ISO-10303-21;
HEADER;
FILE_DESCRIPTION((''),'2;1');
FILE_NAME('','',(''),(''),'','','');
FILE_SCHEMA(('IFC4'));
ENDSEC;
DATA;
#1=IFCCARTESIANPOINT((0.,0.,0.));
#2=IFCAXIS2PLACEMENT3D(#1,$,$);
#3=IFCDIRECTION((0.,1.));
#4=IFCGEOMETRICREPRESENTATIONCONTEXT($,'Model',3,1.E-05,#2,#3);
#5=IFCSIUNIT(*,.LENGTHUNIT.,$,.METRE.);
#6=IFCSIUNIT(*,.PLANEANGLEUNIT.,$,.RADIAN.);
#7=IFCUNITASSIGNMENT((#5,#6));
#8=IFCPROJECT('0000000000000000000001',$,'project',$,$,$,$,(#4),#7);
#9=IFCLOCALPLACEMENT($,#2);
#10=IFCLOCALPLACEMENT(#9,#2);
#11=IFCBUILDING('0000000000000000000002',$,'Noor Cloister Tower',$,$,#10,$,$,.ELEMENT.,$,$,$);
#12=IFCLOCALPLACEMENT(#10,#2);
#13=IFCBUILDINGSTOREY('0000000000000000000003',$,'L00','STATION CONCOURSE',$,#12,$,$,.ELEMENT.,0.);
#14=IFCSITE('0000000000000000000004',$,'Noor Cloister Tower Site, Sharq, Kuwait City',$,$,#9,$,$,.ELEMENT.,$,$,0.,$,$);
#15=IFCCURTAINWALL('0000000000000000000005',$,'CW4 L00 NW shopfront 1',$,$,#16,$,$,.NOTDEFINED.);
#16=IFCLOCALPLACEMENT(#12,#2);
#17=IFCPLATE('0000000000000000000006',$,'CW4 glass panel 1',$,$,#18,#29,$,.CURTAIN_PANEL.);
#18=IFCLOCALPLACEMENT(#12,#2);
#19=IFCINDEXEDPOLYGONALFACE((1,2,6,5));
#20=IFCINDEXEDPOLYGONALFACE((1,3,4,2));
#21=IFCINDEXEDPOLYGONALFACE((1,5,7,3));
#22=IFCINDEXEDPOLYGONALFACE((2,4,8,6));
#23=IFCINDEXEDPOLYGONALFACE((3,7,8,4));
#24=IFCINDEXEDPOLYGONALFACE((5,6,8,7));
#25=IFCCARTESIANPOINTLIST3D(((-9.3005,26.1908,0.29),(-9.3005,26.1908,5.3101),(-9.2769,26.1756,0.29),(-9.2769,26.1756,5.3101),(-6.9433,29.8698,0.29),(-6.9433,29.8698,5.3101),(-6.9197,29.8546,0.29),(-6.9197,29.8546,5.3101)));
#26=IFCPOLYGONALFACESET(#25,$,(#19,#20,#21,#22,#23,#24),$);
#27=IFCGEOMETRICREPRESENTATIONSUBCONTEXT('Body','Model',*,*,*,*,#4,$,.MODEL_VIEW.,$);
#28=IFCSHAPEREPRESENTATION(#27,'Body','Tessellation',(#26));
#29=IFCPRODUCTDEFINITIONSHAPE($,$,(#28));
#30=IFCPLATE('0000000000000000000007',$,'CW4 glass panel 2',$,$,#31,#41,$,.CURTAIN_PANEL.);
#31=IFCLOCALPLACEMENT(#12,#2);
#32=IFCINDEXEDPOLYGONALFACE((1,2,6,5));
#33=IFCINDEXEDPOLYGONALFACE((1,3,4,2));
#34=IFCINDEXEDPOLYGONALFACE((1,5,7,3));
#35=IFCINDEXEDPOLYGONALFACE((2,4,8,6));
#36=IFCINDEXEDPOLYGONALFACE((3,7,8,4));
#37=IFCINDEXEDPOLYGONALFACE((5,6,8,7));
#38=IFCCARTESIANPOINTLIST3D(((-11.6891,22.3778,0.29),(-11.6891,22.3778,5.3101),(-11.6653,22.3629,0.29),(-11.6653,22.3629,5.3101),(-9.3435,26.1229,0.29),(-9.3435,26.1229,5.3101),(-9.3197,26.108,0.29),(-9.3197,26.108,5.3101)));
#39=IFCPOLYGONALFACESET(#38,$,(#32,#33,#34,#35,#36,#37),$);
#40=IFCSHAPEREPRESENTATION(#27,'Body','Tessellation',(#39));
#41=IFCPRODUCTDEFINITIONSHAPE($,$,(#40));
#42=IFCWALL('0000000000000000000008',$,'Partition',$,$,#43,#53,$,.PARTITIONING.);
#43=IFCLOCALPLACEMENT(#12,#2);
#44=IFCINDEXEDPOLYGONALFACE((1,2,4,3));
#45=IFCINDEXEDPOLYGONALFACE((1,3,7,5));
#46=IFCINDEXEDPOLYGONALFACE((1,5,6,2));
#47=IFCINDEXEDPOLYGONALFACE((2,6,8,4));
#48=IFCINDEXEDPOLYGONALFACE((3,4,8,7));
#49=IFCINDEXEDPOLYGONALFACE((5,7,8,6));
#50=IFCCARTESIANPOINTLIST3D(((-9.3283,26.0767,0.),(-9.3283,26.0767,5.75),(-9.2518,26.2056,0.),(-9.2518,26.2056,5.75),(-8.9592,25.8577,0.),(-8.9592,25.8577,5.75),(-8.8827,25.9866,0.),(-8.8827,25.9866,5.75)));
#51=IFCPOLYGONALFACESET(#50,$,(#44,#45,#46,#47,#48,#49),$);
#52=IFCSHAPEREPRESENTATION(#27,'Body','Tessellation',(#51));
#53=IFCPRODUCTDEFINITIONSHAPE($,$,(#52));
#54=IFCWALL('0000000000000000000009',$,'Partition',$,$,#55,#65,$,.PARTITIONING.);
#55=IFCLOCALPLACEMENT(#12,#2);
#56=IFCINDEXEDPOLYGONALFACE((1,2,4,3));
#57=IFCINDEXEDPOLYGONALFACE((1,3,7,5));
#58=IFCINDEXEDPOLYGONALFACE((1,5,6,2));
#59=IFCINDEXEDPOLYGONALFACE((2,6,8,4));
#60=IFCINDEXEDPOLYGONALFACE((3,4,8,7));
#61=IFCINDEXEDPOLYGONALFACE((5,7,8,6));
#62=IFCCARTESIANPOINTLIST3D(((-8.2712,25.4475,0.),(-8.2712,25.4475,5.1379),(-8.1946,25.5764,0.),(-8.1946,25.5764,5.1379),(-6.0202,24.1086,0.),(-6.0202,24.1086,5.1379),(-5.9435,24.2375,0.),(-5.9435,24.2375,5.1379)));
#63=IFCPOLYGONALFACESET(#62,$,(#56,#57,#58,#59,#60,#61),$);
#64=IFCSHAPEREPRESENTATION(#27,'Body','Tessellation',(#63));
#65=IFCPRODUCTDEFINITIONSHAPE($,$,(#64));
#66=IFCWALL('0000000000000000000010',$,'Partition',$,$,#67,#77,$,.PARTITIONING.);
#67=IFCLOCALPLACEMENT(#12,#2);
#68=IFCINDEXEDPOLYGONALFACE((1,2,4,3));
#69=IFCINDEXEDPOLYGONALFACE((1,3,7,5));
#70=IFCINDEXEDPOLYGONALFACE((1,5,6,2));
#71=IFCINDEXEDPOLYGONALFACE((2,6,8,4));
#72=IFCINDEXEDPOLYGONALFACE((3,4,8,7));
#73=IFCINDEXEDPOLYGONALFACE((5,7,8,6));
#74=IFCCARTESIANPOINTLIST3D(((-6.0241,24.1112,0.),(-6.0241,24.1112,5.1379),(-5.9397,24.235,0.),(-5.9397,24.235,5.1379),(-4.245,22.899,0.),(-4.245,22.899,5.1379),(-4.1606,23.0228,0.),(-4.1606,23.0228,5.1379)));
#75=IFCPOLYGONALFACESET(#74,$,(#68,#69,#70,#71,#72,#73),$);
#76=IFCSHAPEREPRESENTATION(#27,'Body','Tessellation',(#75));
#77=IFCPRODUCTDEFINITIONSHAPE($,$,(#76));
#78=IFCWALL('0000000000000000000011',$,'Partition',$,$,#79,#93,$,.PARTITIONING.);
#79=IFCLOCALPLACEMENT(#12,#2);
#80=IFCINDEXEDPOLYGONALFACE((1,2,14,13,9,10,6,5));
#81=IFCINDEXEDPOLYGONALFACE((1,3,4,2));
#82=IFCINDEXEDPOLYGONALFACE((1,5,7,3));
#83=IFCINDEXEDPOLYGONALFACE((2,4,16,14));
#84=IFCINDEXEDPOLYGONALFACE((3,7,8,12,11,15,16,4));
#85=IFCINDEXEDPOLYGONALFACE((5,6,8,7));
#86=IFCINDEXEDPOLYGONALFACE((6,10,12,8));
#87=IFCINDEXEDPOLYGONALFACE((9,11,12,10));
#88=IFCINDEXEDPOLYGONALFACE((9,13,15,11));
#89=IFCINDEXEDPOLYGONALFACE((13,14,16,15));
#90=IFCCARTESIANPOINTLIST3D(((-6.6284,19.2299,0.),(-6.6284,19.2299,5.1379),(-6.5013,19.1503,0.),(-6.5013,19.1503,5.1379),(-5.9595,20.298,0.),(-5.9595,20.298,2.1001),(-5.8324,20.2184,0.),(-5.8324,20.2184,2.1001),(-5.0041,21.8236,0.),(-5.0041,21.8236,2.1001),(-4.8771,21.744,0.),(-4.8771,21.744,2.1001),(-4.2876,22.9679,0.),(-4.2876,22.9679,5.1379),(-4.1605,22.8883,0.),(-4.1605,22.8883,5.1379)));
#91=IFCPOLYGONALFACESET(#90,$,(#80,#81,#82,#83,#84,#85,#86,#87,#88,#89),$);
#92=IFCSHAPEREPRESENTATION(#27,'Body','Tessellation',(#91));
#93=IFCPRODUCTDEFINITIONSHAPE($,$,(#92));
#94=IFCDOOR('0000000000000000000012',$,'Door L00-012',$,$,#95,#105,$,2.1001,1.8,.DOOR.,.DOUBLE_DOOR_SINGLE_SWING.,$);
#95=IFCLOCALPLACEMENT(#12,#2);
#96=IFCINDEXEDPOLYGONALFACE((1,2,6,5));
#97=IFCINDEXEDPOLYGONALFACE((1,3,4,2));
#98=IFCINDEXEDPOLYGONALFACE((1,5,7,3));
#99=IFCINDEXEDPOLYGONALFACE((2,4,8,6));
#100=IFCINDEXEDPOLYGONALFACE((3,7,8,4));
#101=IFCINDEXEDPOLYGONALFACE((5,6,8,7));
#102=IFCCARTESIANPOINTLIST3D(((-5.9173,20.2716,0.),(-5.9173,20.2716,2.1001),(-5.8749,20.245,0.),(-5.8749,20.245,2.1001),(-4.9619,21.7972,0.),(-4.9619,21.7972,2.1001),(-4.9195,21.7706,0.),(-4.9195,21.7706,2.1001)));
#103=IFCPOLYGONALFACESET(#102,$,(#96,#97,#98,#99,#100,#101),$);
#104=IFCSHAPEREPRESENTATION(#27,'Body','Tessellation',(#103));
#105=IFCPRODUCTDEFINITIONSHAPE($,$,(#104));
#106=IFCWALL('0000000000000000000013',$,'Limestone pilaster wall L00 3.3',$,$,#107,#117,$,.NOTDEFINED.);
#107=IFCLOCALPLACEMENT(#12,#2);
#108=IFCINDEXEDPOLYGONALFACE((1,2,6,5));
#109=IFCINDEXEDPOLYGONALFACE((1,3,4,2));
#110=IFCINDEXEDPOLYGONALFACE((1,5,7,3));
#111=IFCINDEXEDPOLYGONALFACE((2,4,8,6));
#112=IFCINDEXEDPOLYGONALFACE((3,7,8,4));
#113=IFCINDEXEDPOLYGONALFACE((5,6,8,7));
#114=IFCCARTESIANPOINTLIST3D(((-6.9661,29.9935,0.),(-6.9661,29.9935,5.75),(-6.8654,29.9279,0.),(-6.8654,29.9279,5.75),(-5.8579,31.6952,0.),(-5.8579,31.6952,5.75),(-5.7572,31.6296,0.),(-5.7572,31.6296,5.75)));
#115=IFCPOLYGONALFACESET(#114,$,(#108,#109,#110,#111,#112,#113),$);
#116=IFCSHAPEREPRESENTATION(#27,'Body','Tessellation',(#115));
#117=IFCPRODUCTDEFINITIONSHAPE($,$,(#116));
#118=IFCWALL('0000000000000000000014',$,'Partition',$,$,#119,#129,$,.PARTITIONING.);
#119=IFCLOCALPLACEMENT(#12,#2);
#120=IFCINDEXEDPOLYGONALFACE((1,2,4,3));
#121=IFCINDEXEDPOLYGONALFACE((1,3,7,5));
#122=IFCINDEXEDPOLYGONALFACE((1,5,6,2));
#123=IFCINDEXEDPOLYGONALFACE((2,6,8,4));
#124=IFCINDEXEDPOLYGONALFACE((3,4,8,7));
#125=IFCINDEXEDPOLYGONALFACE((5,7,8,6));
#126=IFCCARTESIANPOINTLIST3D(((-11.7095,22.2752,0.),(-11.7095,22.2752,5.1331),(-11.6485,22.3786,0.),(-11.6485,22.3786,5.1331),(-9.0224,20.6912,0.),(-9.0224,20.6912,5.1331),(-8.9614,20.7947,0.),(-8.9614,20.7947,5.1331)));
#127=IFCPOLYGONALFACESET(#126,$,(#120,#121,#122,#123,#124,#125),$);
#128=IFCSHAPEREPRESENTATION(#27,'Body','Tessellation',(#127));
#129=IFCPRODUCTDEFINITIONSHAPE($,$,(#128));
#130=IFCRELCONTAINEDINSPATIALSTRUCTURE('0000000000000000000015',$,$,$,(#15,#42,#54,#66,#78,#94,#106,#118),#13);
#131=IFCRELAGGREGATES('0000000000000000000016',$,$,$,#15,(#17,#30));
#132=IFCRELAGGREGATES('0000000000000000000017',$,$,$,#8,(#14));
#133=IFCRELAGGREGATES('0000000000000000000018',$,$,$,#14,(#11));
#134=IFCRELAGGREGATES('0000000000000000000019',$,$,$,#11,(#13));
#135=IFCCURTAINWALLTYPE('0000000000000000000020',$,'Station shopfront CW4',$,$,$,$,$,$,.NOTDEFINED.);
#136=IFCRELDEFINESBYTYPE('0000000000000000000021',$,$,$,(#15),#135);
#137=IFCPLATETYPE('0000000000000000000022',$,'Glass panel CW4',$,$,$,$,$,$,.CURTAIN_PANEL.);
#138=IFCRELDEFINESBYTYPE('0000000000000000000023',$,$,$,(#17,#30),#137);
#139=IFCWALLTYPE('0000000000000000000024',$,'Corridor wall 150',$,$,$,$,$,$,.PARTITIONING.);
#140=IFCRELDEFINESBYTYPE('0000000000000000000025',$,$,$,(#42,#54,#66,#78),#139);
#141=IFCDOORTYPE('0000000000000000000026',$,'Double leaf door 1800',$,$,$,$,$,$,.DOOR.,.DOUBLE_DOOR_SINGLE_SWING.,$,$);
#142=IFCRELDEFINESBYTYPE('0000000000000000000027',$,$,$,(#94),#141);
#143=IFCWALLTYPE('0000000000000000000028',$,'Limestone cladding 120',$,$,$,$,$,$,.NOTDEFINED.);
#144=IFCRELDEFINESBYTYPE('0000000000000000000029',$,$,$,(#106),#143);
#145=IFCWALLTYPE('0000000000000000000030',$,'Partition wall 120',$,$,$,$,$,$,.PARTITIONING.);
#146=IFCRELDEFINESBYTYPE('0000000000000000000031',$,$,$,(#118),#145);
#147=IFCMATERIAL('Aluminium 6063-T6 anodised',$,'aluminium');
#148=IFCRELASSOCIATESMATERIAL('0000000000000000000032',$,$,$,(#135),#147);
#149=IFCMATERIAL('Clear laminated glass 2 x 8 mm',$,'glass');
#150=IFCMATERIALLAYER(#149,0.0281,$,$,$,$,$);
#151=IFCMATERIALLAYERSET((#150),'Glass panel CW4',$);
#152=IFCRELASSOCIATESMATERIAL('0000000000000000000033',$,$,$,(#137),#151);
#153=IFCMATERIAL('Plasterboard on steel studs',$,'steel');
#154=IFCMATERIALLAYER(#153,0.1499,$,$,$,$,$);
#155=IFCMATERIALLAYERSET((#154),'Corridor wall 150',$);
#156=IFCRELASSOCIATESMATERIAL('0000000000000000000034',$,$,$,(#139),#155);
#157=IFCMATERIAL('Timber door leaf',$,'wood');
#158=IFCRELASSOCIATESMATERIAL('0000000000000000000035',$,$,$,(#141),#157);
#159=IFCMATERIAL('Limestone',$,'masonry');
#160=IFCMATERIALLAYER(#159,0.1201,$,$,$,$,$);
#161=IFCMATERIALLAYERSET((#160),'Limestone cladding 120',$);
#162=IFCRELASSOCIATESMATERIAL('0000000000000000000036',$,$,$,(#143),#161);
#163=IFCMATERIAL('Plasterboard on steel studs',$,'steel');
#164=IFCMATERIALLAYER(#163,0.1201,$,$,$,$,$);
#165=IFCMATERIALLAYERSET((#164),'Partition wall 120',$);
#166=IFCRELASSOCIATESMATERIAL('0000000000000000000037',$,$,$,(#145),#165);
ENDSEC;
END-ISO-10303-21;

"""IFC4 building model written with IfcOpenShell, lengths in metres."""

from ifc_helpers import new_model, si_unit, direction, frame, frame_2d, origin, origin_2d, place, context, subcontext, project, spatial, rectangle, extrude, material, layer, layer_set, type_object, element, fill, aggregate, save


model = new_model("IFC4")

# Units and contexts
model_context = context("Model", 3, precision=1e-05, world=origin(), true_north=direction((0.0, 1.0)))
body_context = subcontext(model_context, "Body", "Model", "MODEL_VIEW")
ifc_project = project(units=[si_unit("LENGTHUNIT", "METRE"), si_unit("PLANEANGLEUNIT", "RADIAN")], contexts=[model_context])

# Site, building, storey
site_placement = place(None, origin())
site = spatial("IfcSite", under=ifc_project, at=site_placement, Name="Noor Cloister Tower Site, Sharq, Kuwait City", CompositionType="ELEMENT", RefElevation=0.0)
building_placement = place(site_placement, origin())
building = spatial("IfcBuilding", under=site, at=building_placement, Name="Noor Cloister Tower", CompositionType="ELEMENT")
storey_placement = place(building_placement, origin())
storey = spatial("IfcBuildingStorey", under=building, at=storey_placement, Name="L00", Description="STATION CONCOURSE", CompositionType="ELEMENT", Elevation=0.0)

# Curtain wall
ifc_material_1 = material(Name="Aluminium 6063-T6 anodised", Category="aluminium")
curtain_wall_type = type_object("IfcCurtainWallType", Name="Station shopfront CW4", PredefinedType="NOTDEFINED", material=ifc_material_1)
curtain_wall_placement = place(storey_placement, origin())
curtain_wall = element("IfcCurtainWall", 1, at=curtain_wall_placement, inside=storey, type_object=curtain_wall_type, Name="CW4 L00 NW shopfront 1", PredefinedType="NOTDEFINED")

# Plates
ifc_material_2 = material(Name="Clear laminated glass 2 x 8 mm", Category="glass")
ifc_layer_1 = layer(ifc_material_2, 0.0281)
ifc_layer_set_1 = layer_set([ifc_layer_1], Name="Glass panel CW4")
plate_type = type_object("IfcPlateType", Name="Glass panel CW4", PredefinedType="CURTAIN_PANEL", material=ifc_layer_set_1)
plate_1_placement = place(storey_placement, frame((-8.1101, 28.0227, 0.29), z_axis=(0.0, 0.0, 1.0), x_axis=(-0.539473, -0.842003, 0.0)))
plate_1 = element("IfcPlate", 2, at=plate_1_placement, type_object=plate_type, Name="CW4 glass panel 1", PredefinedType="CURTAIN_PANEL", context=body_context, shape_type="SweptSolid", body=[
    extrude(rectangle(XDim=4.3694, YDim=0.0281, at=origin_2d()), origin(), (0.0, 0.0, 1.0), 5.02),
])
plate_2_placement = place(storey_placement, frame((-10.5044, 24.2429, 0.29), z_axis=(0.0, 0.0, 1.0), x_axis=(-0.530797, -0.847499, 0.0)))
plate_2 = element("IfcPlate", 3, at=plate_2_placement, type_object=plate_type, Name="CW4 glass panel 2", PredefinedType="CURTAIN_PANEL", context=body_context, shape_type="SweptSolid", body=[
    extrude(rectangle(XDim=4.4189, YDim=0.0281, at=origin_2d()), origin(), (0.0, 0.0, 1.0), 5.02),
])
aggregate(curtain_wall, [plate_1, plate_2])

# Walls
ifc_material_3 = material(Name="Plasterboard on steel studs", Category="steel")
ifc_layer_2 = layer(ifc_material_3, 0.1499)
ifc_layer_set_2 = layer_set([ifc_layer_2], Name="Corridor wall 150")
wall_type_1 = type_object("IfcWallType", Name="Corridor wall 150", PredefinedType="PARTITIONING", material=ifc_layer_set_2)
wall_1_placement = place(storey_placement, frame((-9.29, 26.1411, 0.0), z_axis=(0.0, 0.0, 1.0), x_axis=(0.860042, -0.510223, 0.0)))
element("IfcWall", 4, at=wall_1_placement, inside=storey, type_object=wall_type_1, Name="Partition", PredefinedType="PARTITIONING", context=body_context, shape_type="SweptSolid", body=[
    extrude(rectangle(XDim=0.4292, YDim=0.1499, at=frame_2d((0.2146, 0.0))), origin(), (0.0, 0.0, 1.0), 5.75),
])
wall_2_placement = place(storey_placement, frame((-8.2329, 25.512, 0.0), z_axis=(0.0, 0.0, 1.0), x_axis=(0.859461, -0.511202, 0.0)))
element("IfcWall", 5, at=wall_2_placement, inside=storey, type_object=wall_type_1, Name="Partition", PredefinedType="PARTITIONING", context=body_context, shape_type="SweptSolid", body=[
    extrude(rectangle(XDim=2.6191, YDim=0.1499, at=frame_2d((1.3096, 0.0))), origin(), (0.0, 0.0, 1.0), 5.1379),
])
wall_3_placement = place(storey_placement, frame((-5.9819, 24.1731, 0.0), z_axis=(0.0, 0.0, 1.0), x_axis=(0.826407, -0.563073, 0.0)))
element("IfcWall", 6, at=wall_3_placement, inside=storey, type_object=wall_type_1, Name="Partition", PredefinedType="PARTITIONING", context=body_context, shape_type="SweptSolid", body=[
    extrude(rectangle(XDim=2.1528, YDim=0.1499, at=frame_2d((1.0764, 0.0))), origin(), (0.0, 0.0, 1.0), 5.1379),
])

# Wall, opening, door
wall_4_placement = place(storey_placement, frame((-4.2241, 22.928, 0.0), z_axis=(0.0, 0.0, 1.0), x_axis=(-0.53074, -0.847535, 0.0)))
wall_4 = element("IfcWall", 7, at=wall_4_placement, inside=storey, type_object=wall_type_1, Name="Partition", PredefinedType="PARTITIONING", context=body_context, shape_type="SweptSolid", body=[
    extrude(rectangle(XDim=4.4104, YDim=0.1499, at=frame_2d((2.2051, 0.0))), origin(), (0.0, 0.0, 1.0), 5.1379),
])
opening_placement = place(wall_4_placement, frame((1.3501, 0.0, 0.0)))
opening = element("IfcOpeningElement", 8, at=opening_placement, cuts=wall_4, PredefinedType="OPENING", context=body_context, shape_type="SweptSolid", body=[
    extrude(rectangle(XDim=1.8, YDim=2.1001, at=frame_2d((0.8999, 1.05))), frame((0.0, 0.085, 0.0), z_axis=(0.0, -1.0, 0.0), x_axis=(1.0, 0.0, 0.0)), (0.0, 0.0, 1.0), 0.1699),
])
ifc_material_4 = material(Name="Timber door leaf", Category="wood")
door_type = type_object("IfcDoorType", Name="Double leaf door 1800", OperationType="DOUBLE_DOOR_SINGLE_SWING", PredefinedType="DOOR", material=ifc_material_4)
door_placement = place(opening_placement, origin())
door = element("IfcDoor", 9, at=door_placement, inside=storey, type_object=door_type, Name="Door L00-012", OperationType="DOUBLE_DOOR_SINGLE_SWING", OverallHeight=2.1001, OverallWidth=1.8, PredefinedType="DOOR", context=body_context, shape_type="SweptSolid", body=[
    extrude(rectangle(XDim=1.8, YDim=2.1001, at=frame_2d((0.8999, 1.05))), frame((0.0, 0.0249, 0.0), z_axis=(0.0, -1.0, 0.0), x_axis=(1.0, 0.0, 0.0)), (0.0, 0.0, 1.0), 0.05),
])
fill(opening, door)

# Walls
ifc_material_5 = material(Name="Limestone", Category="masonry")
ifc_layer_3 = layer(ifc_material_5, 0.1201)
ifc_layer_set_3 = layer_set([ifc_layer_3], Name="Limestone cladding 120")
wall_type_2 = type_object("IfcWallType", Name="Limestone cladding 120", PredefinedType="NOTDEFINED", material=ifc_layer_set_3)
wall_5_placement = place(storey_placement, frame((-6.9158, 29.9607, 0.0), z_axis=(0.0, 0.0, 1.0), x_axis=(0.545707, 0.837976, 0.0)))
element("IfcWall", 10, at=wall_5_placement, inside=storey, type_object=wall_type_2, Name="Limestone pilaster wall L00 3.3", PredefinedType="NOTDEFINED", context=body_context, shape_type="SweptSolid", body=[
    extrude(rectangle(XDim=2.0308, YDim=0.1201, at=frame_2d((1.0154, 0.0))), origin(), (0.0, 0.0, 1.0), 5.75),
])
ifc_material_6 = material(Name="Plasterboard on steel studs", Category="steel")
ifc_layer_4 = layer(ifc_material_6, 0.1201)
ifc_layer_set_4 = layer_set([ifc_layer_4], Name="Partition wall 120")
wall_type_3 = type_object("IfcWallType", Name="Partition wall 120", PredefinedType="PARTITIONING", material=ifc_layer_set_4)
wall_6_placement = place(storey_placement, frame((-8.9919, 20.7429, 0.0), z_axis=(0.0, 0.0, 1.0), x_axis=(-0.861459, 0.507827, 0.0)))
element("IfcWall", 11, at=wall_6_placement, inside=storey, type_object=wall_type_3, Name="Partition", PredefinedType="PARTITIONING", context=body_context, shape_type="SweptSolid", body=[
    extrude(rectangle(XDim=3.1191, YDim=0.1201, at=frame_2d((1.5596, 0.0))), origin(), (0.0, 0.0, 1.0), 5.1331),
])

save(model, "model.ifc")
